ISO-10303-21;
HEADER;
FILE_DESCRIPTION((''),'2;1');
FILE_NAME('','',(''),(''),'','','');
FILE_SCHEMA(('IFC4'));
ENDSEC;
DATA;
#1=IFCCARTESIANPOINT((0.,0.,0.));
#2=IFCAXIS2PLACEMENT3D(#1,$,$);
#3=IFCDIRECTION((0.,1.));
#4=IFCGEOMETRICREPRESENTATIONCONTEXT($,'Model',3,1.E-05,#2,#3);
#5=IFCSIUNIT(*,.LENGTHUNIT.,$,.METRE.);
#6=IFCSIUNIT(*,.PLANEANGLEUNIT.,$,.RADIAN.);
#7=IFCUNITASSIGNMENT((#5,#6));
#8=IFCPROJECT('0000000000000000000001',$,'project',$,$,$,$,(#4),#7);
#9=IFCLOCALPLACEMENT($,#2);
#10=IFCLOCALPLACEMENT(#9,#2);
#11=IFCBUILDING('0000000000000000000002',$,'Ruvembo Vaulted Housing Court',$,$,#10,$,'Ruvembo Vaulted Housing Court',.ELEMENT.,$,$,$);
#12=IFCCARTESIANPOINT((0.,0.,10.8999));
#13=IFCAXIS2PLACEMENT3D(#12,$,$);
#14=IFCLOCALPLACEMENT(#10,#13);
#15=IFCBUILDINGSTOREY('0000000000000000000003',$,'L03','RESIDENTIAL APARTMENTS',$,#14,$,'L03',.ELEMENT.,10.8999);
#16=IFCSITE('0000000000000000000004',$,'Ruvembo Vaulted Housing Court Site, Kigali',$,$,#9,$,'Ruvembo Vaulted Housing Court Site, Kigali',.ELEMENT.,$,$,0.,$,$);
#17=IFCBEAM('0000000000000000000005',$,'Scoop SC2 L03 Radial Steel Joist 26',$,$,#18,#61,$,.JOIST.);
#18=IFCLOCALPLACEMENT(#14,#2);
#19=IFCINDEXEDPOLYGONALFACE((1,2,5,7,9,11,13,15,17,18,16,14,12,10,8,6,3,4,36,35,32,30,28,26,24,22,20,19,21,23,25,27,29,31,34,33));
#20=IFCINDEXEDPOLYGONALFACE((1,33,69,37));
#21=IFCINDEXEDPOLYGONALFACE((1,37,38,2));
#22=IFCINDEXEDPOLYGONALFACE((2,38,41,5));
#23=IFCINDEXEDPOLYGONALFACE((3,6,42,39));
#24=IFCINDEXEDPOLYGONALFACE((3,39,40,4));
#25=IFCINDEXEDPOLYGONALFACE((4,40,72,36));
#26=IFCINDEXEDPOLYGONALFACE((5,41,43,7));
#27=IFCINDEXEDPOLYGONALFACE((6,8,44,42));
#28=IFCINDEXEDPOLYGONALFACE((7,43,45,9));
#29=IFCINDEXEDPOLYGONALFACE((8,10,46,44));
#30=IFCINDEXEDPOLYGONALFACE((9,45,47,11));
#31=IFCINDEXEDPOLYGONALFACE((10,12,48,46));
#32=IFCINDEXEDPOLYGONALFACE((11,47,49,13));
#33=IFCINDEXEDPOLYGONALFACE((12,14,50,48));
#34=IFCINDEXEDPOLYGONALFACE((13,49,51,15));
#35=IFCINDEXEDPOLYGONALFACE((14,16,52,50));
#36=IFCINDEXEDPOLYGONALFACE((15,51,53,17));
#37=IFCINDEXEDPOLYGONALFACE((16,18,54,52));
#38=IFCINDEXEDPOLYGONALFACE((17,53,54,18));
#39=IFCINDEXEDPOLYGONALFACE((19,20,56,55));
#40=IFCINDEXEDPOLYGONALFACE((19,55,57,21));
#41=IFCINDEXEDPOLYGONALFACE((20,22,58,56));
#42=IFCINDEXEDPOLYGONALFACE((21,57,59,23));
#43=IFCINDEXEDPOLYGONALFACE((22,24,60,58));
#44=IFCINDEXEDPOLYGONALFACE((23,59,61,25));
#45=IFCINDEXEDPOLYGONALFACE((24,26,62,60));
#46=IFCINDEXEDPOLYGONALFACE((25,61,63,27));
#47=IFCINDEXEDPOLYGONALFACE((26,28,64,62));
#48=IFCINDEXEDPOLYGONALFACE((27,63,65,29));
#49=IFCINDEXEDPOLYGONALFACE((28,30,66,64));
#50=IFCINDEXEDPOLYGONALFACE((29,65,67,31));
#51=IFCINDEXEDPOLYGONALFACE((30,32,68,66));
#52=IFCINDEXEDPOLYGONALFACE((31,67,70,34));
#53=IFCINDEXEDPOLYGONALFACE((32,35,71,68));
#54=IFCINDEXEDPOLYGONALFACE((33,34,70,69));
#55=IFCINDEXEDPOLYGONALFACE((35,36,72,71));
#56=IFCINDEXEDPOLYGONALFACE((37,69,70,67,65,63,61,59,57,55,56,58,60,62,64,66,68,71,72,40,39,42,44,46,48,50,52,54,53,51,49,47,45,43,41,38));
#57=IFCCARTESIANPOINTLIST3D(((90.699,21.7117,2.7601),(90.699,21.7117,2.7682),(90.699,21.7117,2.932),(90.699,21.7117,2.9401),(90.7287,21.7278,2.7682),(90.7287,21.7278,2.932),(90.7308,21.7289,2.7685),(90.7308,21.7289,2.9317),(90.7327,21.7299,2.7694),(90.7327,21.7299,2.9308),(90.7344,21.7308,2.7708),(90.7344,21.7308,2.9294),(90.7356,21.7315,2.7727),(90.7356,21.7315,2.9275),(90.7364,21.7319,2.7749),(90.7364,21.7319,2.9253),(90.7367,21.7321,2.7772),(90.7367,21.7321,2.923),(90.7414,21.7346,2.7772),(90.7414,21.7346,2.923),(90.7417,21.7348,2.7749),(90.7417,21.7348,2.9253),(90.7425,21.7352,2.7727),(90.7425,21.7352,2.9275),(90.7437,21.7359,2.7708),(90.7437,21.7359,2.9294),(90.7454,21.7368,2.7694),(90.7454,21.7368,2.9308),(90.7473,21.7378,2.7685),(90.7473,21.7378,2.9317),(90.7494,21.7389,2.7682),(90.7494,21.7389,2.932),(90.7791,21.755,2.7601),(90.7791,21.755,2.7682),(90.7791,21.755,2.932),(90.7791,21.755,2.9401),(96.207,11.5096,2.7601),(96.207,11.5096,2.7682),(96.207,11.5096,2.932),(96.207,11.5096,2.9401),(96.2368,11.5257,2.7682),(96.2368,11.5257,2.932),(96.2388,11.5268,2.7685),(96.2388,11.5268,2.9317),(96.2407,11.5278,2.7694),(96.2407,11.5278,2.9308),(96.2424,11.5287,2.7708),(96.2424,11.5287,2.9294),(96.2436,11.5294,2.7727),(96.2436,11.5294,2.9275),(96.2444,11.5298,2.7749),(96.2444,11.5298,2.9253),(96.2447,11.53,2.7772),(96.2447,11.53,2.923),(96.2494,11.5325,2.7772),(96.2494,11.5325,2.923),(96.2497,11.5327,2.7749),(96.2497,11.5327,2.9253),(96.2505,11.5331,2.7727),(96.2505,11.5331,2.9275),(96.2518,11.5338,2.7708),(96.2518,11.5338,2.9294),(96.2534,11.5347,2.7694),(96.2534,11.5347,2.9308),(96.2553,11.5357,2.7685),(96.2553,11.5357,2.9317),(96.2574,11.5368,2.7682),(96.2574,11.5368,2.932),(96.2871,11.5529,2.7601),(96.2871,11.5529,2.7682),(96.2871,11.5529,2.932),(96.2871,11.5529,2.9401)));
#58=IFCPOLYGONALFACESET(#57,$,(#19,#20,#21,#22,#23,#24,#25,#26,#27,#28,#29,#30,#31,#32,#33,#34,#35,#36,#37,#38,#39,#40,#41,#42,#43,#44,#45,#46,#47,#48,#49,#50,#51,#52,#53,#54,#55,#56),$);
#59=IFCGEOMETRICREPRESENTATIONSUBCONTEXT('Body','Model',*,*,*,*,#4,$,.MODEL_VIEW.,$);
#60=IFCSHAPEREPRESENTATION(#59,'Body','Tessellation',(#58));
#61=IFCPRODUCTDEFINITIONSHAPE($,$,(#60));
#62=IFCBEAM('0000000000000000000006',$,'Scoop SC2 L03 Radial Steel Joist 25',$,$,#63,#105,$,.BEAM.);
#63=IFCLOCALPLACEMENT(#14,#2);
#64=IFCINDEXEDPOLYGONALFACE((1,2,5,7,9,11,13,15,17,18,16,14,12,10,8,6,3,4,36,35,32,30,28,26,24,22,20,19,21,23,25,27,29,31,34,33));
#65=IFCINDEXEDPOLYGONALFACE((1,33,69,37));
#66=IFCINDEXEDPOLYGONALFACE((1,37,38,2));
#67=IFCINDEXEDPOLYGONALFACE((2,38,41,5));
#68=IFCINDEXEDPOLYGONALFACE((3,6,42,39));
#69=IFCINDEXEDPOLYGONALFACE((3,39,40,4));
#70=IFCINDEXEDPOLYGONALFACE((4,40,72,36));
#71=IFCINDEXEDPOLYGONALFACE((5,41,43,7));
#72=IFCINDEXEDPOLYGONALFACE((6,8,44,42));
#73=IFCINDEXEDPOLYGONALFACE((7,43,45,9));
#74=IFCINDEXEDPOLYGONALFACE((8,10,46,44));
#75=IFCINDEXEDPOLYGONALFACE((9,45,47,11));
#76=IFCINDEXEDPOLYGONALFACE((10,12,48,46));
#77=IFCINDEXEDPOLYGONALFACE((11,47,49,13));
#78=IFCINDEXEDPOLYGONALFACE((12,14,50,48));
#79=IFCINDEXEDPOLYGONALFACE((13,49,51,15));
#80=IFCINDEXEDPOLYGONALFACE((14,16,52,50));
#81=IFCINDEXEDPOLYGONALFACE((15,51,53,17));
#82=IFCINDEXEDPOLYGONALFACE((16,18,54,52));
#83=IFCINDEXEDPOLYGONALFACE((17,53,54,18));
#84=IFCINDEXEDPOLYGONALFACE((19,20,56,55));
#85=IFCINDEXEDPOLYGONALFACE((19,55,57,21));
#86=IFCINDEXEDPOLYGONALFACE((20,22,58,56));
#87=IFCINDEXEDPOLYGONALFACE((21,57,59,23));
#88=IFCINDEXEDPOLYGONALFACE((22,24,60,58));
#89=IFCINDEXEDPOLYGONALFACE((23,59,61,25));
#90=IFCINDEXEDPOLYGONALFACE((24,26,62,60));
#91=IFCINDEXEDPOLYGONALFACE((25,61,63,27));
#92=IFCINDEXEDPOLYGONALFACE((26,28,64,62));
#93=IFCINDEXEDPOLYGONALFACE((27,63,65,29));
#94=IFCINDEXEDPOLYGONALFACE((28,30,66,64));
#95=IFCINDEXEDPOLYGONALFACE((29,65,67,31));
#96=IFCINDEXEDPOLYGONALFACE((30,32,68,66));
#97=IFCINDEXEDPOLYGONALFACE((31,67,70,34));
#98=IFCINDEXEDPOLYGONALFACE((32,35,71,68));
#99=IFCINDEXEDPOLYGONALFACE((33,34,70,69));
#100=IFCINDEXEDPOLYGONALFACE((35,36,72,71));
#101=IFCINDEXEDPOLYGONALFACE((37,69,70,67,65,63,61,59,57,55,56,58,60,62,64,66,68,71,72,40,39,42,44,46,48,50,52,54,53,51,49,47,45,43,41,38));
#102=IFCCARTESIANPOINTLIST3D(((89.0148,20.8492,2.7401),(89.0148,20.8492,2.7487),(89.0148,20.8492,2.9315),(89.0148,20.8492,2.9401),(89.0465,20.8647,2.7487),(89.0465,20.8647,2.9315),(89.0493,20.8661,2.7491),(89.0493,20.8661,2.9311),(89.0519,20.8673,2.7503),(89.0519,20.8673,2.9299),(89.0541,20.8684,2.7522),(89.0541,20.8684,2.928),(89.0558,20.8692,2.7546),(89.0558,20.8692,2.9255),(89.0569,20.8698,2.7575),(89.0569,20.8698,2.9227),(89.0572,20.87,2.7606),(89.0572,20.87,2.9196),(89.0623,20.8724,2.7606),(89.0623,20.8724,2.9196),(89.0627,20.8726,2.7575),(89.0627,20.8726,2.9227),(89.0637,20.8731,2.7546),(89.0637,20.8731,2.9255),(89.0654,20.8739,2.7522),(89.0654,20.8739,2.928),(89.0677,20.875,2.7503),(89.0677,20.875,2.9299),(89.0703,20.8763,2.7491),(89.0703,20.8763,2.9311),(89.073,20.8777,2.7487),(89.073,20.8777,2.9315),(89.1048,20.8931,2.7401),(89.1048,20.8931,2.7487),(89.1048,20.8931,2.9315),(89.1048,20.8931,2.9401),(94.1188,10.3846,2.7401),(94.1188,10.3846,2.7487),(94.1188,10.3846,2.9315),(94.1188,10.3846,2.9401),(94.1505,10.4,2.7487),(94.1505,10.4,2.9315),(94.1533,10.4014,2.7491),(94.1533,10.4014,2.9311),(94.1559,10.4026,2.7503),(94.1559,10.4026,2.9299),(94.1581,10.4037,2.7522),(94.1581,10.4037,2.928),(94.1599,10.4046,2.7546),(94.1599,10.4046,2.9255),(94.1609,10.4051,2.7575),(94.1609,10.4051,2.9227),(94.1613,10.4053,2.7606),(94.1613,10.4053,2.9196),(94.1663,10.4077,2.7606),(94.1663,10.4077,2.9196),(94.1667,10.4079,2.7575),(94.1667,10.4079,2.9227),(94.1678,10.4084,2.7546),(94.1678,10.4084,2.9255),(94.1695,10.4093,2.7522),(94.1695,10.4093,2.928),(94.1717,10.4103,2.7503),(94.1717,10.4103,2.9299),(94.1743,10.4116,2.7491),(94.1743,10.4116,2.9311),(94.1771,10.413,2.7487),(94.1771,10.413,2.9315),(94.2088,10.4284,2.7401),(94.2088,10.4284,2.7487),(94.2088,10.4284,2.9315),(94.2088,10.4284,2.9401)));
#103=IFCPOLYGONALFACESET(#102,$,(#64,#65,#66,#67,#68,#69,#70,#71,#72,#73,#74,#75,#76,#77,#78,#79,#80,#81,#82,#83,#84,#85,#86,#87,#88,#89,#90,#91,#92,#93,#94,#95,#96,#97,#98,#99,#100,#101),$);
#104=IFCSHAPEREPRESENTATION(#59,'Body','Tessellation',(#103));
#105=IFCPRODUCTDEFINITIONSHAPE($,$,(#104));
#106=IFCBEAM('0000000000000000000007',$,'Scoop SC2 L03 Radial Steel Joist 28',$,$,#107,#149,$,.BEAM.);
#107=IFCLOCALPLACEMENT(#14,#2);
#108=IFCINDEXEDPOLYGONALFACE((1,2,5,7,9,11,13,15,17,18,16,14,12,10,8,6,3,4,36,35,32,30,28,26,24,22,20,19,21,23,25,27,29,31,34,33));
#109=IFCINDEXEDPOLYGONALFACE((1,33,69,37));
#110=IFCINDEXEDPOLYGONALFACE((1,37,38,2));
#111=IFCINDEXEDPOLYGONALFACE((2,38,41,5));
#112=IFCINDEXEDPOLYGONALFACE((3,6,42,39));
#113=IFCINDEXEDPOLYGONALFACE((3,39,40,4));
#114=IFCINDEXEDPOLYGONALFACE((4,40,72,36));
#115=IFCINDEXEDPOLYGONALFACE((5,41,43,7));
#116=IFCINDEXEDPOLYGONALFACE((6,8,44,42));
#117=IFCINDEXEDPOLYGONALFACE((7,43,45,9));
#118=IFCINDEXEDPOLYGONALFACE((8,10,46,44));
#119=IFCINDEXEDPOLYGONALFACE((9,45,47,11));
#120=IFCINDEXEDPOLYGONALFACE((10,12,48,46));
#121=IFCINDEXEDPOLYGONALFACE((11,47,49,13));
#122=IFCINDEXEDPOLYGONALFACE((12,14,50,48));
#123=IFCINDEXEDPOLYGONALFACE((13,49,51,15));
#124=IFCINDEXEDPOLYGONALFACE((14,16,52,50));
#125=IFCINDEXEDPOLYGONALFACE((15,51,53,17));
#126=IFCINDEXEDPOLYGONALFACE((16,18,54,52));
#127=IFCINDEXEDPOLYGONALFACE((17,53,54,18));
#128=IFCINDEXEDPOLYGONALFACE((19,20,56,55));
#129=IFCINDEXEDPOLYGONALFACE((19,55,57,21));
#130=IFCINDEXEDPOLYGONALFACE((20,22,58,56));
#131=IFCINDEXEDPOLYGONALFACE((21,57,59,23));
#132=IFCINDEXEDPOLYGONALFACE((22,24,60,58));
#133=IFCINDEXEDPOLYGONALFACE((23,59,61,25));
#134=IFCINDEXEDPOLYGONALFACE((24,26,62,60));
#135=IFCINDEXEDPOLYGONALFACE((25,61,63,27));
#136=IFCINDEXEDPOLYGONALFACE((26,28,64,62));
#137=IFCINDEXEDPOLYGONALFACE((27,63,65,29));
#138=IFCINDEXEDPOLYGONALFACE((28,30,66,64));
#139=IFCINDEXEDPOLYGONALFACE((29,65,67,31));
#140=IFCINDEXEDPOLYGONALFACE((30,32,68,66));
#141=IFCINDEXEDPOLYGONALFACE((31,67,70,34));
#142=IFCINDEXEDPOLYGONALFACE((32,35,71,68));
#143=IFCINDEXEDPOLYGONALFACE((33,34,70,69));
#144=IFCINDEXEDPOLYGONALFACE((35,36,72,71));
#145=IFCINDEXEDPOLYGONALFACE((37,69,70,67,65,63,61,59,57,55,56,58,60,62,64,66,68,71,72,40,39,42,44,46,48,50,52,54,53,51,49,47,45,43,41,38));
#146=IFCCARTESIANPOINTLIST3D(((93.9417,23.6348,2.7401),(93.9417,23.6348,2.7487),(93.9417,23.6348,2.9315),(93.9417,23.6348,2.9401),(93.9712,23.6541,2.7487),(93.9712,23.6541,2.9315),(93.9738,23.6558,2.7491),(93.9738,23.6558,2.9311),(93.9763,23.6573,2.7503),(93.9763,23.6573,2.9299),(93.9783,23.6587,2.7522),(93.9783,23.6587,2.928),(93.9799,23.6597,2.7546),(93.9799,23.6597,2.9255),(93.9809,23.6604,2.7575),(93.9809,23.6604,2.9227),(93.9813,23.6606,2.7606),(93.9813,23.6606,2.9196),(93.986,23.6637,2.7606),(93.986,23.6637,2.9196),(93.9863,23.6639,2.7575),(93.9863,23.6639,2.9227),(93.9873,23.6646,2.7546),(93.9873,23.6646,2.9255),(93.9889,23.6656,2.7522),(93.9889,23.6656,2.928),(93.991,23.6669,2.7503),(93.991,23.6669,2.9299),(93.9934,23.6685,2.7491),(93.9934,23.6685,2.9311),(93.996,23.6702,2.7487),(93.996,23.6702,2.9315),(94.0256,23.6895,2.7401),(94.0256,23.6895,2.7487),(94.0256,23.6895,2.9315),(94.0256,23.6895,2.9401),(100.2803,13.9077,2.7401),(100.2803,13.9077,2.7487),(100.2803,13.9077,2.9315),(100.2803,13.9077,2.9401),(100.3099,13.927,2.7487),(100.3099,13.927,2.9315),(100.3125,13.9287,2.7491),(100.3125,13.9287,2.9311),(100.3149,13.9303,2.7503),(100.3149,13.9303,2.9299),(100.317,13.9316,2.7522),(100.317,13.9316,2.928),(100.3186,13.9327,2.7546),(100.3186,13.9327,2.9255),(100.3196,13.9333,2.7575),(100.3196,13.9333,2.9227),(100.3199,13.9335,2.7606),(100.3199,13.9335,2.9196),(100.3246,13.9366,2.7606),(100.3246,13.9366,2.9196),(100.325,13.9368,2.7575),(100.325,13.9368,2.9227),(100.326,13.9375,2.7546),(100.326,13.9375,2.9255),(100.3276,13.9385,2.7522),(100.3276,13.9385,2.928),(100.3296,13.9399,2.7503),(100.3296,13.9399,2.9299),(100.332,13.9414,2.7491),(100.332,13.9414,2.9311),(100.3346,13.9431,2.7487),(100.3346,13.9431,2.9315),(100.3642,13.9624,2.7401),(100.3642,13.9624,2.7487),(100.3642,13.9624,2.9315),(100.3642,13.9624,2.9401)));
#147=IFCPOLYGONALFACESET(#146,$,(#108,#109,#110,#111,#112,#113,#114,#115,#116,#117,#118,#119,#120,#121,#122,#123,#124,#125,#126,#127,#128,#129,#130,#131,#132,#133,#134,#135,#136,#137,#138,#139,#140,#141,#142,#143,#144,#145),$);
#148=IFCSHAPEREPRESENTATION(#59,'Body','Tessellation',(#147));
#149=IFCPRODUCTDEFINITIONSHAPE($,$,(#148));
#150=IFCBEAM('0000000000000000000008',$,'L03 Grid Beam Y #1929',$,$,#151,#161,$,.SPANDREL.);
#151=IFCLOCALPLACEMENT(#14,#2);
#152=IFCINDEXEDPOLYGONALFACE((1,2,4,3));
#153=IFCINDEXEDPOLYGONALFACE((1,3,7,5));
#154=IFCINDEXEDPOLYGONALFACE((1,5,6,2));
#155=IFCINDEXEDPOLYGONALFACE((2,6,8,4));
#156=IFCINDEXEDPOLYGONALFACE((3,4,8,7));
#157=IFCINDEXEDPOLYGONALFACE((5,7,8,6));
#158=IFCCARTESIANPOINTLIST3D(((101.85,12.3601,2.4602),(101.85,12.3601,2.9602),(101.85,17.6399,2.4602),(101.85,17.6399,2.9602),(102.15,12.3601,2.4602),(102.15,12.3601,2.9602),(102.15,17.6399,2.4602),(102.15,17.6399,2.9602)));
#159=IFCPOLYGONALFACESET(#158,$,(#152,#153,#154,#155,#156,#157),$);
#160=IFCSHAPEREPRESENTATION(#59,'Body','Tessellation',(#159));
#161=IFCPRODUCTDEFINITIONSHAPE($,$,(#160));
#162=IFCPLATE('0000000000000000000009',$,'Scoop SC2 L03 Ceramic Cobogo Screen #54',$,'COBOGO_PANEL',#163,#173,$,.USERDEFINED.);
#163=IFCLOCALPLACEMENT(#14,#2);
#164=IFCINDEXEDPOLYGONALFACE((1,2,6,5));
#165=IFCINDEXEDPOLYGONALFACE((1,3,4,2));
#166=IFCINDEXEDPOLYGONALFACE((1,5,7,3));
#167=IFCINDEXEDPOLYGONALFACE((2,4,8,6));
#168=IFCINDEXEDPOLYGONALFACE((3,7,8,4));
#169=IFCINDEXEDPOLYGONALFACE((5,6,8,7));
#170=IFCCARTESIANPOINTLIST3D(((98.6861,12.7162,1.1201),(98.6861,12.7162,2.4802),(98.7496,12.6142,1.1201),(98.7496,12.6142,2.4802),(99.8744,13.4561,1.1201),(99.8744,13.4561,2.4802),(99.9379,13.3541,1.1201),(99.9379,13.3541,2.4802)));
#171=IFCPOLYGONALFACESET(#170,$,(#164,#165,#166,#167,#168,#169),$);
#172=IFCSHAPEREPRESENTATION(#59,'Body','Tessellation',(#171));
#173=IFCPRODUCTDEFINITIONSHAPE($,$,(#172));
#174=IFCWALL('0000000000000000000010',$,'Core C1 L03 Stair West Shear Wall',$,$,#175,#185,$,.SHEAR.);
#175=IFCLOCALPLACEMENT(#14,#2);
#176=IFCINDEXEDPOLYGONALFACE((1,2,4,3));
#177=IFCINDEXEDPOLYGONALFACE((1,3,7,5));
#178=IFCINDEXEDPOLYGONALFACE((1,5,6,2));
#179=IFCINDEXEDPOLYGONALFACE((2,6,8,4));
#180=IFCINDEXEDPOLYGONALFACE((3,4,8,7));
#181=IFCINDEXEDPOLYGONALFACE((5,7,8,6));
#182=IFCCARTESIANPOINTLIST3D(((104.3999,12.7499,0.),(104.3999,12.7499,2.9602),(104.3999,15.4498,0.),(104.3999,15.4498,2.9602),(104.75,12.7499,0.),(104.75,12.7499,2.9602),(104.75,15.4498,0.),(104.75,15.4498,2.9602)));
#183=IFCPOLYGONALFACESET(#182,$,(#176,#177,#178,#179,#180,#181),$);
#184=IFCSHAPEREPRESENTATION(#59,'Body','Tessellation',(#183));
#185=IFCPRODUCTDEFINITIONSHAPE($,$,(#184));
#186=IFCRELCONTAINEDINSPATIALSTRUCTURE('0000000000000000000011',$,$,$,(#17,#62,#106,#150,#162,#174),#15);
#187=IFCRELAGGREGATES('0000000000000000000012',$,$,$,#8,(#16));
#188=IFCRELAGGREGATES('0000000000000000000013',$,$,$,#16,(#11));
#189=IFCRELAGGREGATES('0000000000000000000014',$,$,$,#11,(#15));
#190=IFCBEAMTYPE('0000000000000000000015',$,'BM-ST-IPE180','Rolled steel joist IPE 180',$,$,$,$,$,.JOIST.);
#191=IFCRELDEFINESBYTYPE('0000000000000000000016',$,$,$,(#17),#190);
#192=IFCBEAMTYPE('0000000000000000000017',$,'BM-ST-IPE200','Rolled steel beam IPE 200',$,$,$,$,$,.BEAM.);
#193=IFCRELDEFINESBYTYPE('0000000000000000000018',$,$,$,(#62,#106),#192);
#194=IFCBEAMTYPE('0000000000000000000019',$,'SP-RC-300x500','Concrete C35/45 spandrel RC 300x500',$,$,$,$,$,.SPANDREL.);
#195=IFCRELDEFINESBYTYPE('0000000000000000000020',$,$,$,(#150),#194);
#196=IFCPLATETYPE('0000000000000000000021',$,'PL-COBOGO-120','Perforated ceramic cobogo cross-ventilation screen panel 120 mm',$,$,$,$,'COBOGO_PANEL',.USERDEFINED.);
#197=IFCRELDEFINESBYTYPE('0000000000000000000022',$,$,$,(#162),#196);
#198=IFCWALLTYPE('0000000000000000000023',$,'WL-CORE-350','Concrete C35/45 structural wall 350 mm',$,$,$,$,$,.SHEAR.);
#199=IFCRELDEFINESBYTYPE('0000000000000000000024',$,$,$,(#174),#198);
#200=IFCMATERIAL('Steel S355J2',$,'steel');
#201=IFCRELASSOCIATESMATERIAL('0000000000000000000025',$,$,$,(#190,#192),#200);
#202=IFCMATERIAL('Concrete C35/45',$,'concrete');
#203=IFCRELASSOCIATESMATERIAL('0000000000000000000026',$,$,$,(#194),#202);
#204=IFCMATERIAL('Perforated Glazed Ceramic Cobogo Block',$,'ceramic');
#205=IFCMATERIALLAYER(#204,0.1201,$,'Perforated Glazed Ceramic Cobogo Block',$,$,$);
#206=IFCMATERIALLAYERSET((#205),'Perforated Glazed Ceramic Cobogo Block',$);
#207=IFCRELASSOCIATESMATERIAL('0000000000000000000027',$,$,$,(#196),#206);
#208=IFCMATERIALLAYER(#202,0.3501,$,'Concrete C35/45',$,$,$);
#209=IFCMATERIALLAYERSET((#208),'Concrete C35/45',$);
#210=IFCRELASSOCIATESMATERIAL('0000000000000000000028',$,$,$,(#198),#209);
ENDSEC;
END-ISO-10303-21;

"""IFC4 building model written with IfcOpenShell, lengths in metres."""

from ifc_helpers import new_model, si_unit, direction, frame, frame_2d, origin, origin_2d, place, context, subcontext, project, spatial, rectangle, i_section, extrude, material, layer, layer_set, material_profile, profile_set, type_object, element, save


model = new_model("IFC4")

# Units and contexts
model_context = context("Model", 3, precision=1e-05, world=origin(), true_north=direction((0.0, 1.0)))
body_context = subcontext(model_context, "Body", "Model", "MODEL_VIEW")
ifc_project = project(units=[si_unit("LENGTHUNIT", "METRE"), si_unit("PLANEANGLEUNIT", "RADIAN")], contexts=[model_context])

# Site, building, storey
site_placement = place(None, origin())
site = spatial("IfcSite", under=ifc_project, at=site_placement, Name="Ruvembo Vaulted Housing Court Site, Kigali", LongName="Ruvembo Vaulted Housing Court Site, Kigali", CompositionType="ELEMENT", RefElevation=0.0)
building_placement = place(site_placement, origin())
building = spatial("IfcBuilding", under=site, at=building_placement, Name="Ruvembo Vaulted Housing Court", LongName="Ruvembo Vaulted Housing Court", CompositionType="ELEMENT")
storey_placement = place(building_placement, frame((0.0, 0.0, 10.8999)))
storey = spatial("IfcBuildingStorey", under=building, at=storey_placement, Name="L03", Description="RESIDENTIAL APARTMENTS", LongName="L03", CompositionType="ELEMENT", Elevation=10.8999)

# Beams
ifc_material_1 = material(Name="Steel S355J2", Category="steel")
ifc_material_profile_1 = material_profile(ifc_material_1, i_section(OverallWidth=0.0911, OverallDepth=0.1799, WebThickness=0.0054, FlangeThickness=0.0081, FilletRadius=0.009, at=origin_2d()), Name="IPE 180")
ifc_profile_set_1 = profile_set([ifc_material_profile_1], Name="Steel S355J2")
beam_type_1 = type_object("IfcBeamType", Name="BM-ST-IPE180", Description="Rolled steel joist IPE 180", PredefinedType="JOIST", material=ifc_profile_set_1)
beam_1_placement = place(storey_placement, frame((96.2471, 11.5312, 2.8501), z_axis=(-0.475075, 0.879945, 0.0), x_axis=(-0.879945, -0.475075, 0.0)))
element("IfcBeam", 1, at=beam_1_placement, inside=storey, type_object=beam_type_1, Name="Scoop SC2 L03 Radial Steel Joist 26", PredefinedType="JOIST", context=body_context, shape_type="SweptSolid", body=[
    extrude(i_section(OverallWidth=0.0911, OverallDepth=0.1799, WebThickness=0.0054, FlangeThickness=0.0081, FilletRadius=0.009, at=origin_2d()), origin(), (0.0, 0.0, 1.0), 11.594),
])
ifc_material_profile_2 = material_profile(ifc_material_1, i_section(OverallWidth=0.1001, OverallDepth=0.2, WebThickness=0.0056, FlangeThickness=0.0085, FilletRadius=0.012, at=origin_2d()), Name="IPE 200")
ifc_profile_set_2 = profile_set([ifc_material_profile_2], Name="Steel S355J2")
beam_type_2 = type_object("IfcBeamType", Name="BM-ST-IPE200", Description="Rolled steel beam IPE 200", PredefinedType="BEAM", material=ifc_profile_set_2)
beam_2_placement = place(storey_placement, frame((94.1638, 10.4065, 2.8401), z_axis=(-0.438377, 0.898791, 0.0), x_axis=(-0.898791, -0.438377, 0.0)))
element("IfcBeam", 2, at=beam_2_placement, inside=storey, type_object=beam_type_2, Name="Scoop SC2 L03 Radial Steel Joist 25", PredefinedType="BEAM", context=body_context, shape_type="SweptSolid", body=[
    extrude(i_section(OverallWidth=0.1001, OverallDepth=0.2, WebThickness=0.0056, FlangeThickness=0.0085, FilletRadius=0.012, at=origin_2d()), origin(), (0.0, 0.0, 1.0), 11.6431),
])
beam_3_placement = place(storey_placement, frame((100.3223, 13.9351, 2.8401), z_axis=(-0.545959, 0.837812, 0.0), x_axis=(-0.837812, -0.545959, 0.0)))
element("IfcBeam", 3, at=beam_3_placement, inside=storey, type_object=beam_type_2, Name="Scoop SC2 L03 Radial Steel Joist 28", PredefinedType="BEAM", context=body_context, shape_type="SweptSolid", body=[
    extrude(i_section(OverallWidth=0.1001, OverallDepth=0.2, WebThickness=0.0056, FlangeThickness=0.0085, FilletRadius=0.012, at=origin_2d()), origin(), (0.0, 0.0, 1.0), 11.6101),
])
ifc_material_2 = material(Name="Concrete C35/45", Category="concrete")
ifc_material_profile_3 = material_profile(ifc_material_2, rectangle(XDim=0.3, YDim=0.5, at=origin_2d()), Name="RC 300x500")
ifc_profile_set_3 = profile_set([ifc_material_profile_3], Name="Concrete C35/45")
beam_type_3 = type_object("IfcBeamType", Name="SP-RC-300x500", Description="Concrete C35/45 spandrel RC 300x500", PredefinedType="SPANDREL", material=ifc_profile_set_3)
beam_4_placement = place(storey_placement, frame((102.0, 12.3601, 2.7102), z_axis=(0.0, 1.0, 0.0), x_axis=(-1.0, 0.0, 0.0)))
element("IfcBeam", 4, at=beam_4_placement, inside=storey, type_object=beam_type_3, Name="L03 Grid Beam Y #1929", PredefinedType="SPANDREL", context=body_context, shape_type="SweptSolid", body=[
    extrude(rectangle(XDim=0.3, YDim=0.5, at=origin_2d()), origin(), (0.0, 0.0, 1.0), 5.2798),
])

# Plate
ifc_material_3 = material(Name="Perforated Glazed Ceramic Cobogo Block", Category="ceramic")
ifc_layer_1 = layer(ifc_material_3, 0.1201, Name="Perforated Glazed Ceramic Cobogo Block")
ifc_layer_set_1 = layer_set([ifc_layer_1], Name="Perforated Glazed Ceramic Cobogo Block")
plate_type = type_object("IfcPlateType", Name="PL-COBOGO-120", Description="Perforated ceramic cobogo cross-ventilation screen panel 120 mm", ElementType="COBOGO_PANEL", PredefinedType="USERDEFINED", material=ifc_layer_set_1)
plate_placement = place(storey_placement, frame((99.312, 13.0352, 1.1201), z_axis=(0.0, 0.0, 1.0), x_axis=(0.848889, 0.528572, 0.0)))
element("IfcPlate", 5, at=plate_placement, inside=storey, type_object=plate_type, Name="Scoop SC2 L03 Ceramic Cobogo Screen #54", ObjectType="COBOGO_PANEL", PredefinedType="USERDEFINED", context=body_context, shape_type="SweptSolid", body=[
    extrude(rectangle(XDim=1.3999, YDim=0.1201, at=origin_2d()), origin(), (0.0, 0.0, 1.0), 1.3601),
])

# Shared definitions
ifc_layer_2 = layer(ifc_material_2, 0.3501, Name="Concrete C35/45")
ifc_layer_set_2 = layer_set([ifc_layer_2], Name="Concrete C35/45")
wall_type_1 = type_object("IfcWallType", Name="WL-CORE-350", Description="Concrete C35/45 structural wall 350 mm", PredefinedType="SHEAR", material=ifc_layer_set_2)

# Wall
wall_1_placement = place(storey_placement, frame((104.575, 15.45, 0.0), z_axis=(0.0, 0.0, 1.0), x_axis=(0.0, -1.0, 0.0)))
element("IfcWall", 6, at=wall_1_placement, inside=storey, type_object=wall_type_1, Name="Core C1 L03 Stair West Shear Wall", PredefinedType="SHEAR", context=body_context, shape_type="SweptSolid", body=[
    extrude(rectangle(XDim=2.7, YDim=0.3501, at=frame_2d((1.3501, 0.0))), origin(), (0.0, 0.0, 1.0), 2.9602),
])

save(model, "model.ifc")
